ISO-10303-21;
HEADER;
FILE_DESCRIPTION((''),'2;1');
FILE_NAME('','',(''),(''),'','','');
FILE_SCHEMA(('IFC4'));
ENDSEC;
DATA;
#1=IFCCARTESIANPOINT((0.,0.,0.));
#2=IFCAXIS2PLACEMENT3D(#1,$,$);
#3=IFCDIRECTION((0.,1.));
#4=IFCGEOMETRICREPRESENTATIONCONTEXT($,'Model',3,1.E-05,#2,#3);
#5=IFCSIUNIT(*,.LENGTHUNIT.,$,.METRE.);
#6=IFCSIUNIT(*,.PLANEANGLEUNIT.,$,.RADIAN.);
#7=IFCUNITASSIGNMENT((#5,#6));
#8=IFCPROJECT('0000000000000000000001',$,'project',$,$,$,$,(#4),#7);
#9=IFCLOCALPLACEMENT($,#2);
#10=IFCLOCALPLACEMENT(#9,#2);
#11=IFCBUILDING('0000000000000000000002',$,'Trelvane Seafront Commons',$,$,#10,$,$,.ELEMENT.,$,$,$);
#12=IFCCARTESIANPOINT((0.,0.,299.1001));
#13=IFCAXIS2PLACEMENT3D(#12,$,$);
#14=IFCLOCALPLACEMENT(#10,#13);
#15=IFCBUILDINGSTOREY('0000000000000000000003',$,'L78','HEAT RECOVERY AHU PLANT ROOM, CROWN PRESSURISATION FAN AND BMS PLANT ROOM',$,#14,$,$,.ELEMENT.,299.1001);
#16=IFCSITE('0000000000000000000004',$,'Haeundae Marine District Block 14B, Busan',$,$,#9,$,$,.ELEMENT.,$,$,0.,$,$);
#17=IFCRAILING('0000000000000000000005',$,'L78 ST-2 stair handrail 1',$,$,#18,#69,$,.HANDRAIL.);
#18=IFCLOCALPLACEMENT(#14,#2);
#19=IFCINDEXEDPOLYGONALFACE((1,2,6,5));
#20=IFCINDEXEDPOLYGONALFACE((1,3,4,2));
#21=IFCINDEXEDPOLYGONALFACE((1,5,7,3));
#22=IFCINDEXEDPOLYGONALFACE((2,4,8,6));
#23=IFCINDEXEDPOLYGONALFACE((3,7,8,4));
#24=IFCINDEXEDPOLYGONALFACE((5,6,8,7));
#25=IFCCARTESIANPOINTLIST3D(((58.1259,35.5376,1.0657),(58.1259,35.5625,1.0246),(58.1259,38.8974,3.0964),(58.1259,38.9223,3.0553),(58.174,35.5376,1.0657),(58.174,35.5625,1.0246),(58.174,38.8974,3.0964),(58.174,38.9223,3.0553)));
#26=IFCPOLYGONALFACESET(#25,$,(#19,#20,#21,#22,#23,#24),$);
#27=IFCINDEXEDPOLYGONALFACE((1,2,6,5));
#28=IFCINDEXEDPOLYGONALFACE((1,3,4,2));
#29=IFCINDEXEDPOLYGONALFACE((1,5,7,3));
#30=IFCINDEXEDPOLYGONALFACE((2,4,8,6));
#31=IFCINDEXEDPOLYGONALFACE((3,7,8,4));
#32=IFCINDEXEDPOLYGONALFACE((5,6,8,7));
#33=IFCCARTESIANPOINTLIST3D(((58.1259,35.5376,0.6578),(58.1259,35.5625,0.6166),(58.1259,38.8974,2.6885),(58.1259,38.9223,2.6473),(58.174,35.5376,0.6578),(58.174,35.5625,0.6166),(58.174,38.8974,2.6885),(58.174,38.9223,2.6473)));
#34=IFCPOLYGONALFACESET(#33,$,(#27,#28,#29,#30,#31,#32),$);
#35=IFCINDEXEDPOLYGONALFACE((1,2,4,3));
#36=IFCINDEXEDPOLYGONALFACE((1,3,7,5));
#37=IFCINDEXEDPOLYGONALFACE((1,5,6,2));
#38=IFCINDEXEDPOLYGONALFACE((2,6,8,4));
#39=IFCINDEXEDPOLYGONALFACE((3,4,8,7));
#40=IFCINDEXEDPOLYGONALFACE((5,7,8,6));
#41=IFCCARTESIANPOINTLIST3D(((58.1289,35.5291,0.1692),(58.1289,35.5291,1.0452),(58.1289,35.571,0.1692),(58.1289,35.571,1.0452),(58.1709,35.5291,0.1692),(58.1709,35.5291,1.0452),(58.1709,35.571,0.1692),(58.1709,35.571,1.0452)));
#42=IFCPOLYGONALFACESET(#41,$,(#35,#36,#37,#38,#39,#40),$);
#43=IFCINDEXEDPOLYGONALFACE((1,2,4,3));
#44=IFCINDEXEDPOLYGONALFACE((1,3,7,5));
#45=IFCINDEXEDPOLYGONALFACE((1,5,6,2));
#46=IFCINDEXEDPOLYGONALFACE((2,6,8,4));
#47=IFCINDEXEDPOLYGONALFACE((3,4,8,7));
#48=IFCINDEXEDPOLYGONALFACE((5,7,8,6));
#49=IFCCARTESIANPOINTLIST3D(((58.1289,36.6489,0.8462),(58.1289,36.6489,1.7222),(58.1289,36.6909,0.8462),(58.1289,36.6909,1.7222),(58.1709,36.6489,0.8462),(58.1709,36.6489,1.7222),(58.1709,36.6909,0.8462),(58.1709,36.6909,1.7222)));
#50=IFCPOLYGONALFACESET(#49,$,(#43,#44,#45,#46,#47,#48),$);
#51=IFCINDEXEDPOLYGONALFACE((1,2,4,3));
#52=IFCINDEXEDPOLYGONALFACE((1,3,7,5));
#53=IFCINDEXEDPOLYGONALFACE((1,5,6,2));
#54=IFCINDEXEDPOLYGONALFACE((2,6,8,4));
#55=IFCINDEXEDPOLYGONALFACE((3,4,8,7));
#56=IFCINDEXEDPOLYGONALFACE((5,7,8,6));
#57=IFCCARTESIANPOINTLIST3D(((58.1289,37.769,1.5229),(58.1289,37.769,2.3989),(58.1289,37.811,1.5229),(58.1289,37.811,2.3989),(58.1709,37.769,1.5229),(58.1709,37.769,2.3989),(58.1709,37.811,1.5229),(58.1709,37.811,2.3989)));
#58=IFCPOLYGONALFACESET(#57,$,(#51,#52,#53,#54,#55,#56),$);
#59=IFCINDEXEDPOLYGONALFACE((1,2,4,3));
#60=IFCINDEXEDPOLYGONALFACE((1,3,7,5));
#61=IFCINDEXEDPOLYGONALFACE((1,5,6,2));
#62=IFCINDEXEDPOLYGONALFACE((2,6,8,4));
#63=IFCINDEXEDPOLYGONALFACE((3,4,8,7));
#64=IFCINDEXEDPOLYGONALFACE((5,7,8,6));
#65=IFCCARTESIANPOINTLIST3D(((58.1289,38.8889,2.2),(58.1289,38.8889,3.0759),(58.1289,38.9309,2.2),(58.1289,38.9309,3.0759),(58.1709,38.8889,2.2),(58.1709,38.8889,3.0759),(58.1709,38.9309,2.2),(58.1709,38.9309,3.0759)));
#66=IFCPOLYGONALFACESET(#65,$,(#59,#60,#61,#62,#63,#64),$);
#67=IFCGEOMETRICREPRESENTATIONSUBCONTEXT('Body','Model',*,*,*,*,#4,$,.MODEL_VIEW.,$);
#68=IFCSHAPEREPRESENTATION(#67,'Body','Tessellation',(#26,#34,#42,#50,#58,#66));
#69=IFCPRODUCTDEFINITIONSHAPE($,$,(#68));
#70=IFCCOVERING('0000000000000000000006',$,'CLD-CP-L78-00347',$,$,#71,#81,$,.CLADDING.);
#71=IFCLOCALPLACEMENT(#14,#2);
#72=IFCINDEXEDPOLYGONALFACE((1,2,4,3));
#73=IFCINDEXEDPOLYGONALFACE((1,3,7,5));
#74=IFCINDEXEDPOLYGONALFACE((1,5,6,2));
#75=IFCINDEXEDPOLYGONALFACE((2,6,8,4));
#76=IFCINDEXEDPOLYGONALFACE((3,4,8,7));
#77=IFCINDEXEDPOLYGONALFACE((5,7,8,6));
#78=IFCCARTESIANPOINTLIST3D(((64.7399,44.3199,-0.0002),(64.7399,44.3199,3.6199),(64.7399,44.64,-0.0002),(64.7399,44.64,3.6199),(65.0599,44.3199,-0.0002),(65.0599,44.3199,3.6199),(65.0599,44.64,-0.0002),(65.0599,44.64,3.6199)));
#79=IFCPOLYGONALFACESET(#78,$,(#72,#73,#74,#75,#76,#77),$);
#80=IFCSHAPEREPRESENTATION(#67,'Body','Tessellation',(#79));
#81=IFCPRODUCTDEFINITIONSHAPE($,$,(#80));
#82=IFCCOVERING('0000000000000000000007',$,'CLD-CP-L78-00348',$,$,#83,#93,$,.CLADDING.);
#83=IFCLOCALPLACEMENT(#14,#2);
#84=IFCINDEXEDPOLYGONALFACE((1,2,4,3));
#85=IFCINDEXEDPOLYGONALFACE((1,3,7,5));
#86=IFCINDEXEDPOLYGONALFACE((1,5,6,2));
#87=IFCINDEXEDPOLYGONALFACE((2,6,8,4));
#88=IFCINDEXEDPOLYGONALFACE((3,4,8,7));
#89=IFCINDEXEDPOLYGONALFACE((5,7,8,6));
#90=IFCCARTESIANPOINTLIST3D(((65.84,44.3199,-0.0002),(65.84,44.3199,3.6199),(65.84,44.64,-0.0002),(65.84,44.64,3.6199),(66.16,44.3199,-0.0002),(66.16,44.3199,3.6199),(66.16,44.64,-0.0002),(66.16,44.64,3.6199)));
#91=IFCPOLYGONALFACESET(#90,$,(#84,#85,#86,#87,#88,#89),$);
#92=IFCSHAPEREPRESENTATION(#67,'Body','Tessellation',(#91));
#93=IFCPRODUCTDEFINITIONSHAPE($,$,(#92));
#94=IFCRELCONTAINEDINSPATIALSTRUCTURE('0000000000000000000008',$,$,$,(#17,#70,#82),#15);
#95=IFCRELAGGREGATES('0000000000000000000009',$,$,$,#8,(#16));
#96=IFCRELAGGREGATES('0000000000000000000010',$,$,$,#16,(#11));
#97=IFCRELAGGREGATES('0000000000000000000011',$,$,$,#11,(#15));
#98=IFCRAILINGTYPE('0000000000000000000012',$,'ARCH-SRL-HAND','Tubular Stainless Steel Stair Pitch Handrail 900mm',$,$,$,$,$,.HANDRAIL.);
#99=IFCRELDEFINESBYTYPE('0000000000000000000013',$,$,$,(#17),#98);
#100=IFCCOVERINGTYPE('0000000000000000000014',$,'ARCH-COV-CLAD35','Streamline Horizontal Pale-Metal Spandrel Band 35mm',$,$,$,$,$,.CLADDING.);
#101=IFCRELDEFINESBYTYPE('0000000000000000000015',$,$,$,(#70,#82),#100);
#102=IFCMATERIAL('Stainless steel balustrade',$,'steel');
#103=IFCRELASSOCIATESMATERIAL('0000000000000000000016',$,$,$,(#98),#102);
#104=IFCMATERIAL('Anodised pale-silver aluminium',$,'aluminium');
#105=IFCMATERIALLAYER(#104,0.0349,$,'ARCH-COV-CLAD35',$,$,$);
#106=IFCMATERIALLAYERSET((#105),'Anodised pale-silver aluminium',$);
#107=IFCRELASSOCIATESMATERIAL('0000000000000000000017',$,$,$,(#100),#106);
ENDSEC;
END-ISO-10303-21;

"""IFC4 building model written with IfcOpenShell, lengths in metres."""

from ifc_helpers import new_model, si_unit, direction, frame, origin, origin_2d, place, context, subcontext, project, spatial, rectangle, extrude, source, transform, mapped, material, layer, layer_set, type_object, element, save


model = new_model("IFC4")

# Units and contexts
model_context = context("Model", 3, precision=1e-05, world=origin(), true_north=direction((0.0, 1.0)))
body_context = subcontext(model_context, "Body", "Model", "MODEL_VIEW")
ifc_project = project(units=[si_unit("LENGTHUNIT", "METRE"), si_unit("PLANEANGLEUNIT", "RADIAN")], contexts=[model_context])

# Site, building, storey
site_placement = place(None, origin())
site = spatial("IfcSite", under=ifc_project, at=site_placement, Name="Haeundae Marine District Block 14B, Busan", CompositionType="ELEMENT", RefElevation=0.0)
building_placement = place(site_placement, origin())
building = spatial("IfcBuilding", under=site, at=building_placement, Name="Trelvane Seafront Commons", CompositionType="ELEMENT")
storey_placement = place(building_placement, frame((0.0, 0.0, 299.1001)))
storey = spatial("IfcBuildingStorey", under=building, at=storey_placement, Name="L78", Description="HEAT RECOVERY AHU PLANT ROOM, CROWN PRESSURISATION FAN AND BMS PLANT ROOM", CompositionType="ELEMENT", Elevation=299.1001)

# Shared definitions
ifc_material_1 = material(Name="Anodised pale-silver aluminium", Category="aluminium")

# Railing
ifc_material_2 = material(Name="Stainless steel balustrade", Category="steel")
railing_type = type_object("IfcRailingType", Name="ARCH-SRL-HAND", Description="Tubular Stainless Steel Stair Pitch Handrail 900mm", PredefinedType="HANDRAIL", material=ifc_material_2)
railing_placement = place(storey_placement, frame((58.1499, 35.55, 0.1692)))
element("IfcRailing", 1, at=railing_placement, inside=storey, type_object=railing_type, Name="L78 ST-2 stair handrail 1", PredefinedType="HANDRAIL", context=body_context, shape_type="SweptSolid", body=[
    extrude(rectangle(XDim=0.0481, YDim=0.0481, at=origin_2d()), frame((0.0, 0.0, 0.876), z_axis=(0.0, 0.85582, 0.517273), x_axis=(-1.0, 0.0, 0.0)), (0.0, 0.0, 1.0), 3.9258),
    extrude(rectangle(XDim=0.0481, YDim=0.0481, at=origin_2d()), frame((0.0, 0.0, 0.468), z_axis=(0.0, 0.85582, 0.517273), x_axis=(-1.0, 0.0, 0.0)), (0.0, 0.0, 1.0), 3.9258),
    extrude(rectangle(XDim=0.042, YDim=0.042, at=origin_2d()), origin(), (0.0, 0.0, 1.0), 0.876),
    extrude(rectangle(XDim=0.042, YDim=0.042, at=origin_2d()), frame((0.0, 1.1199, 0.677)), (0.0, 0.0, 1.0), 0.876),
    extrude(rectangle(XDim=0.042, YDim=0.042, at=origin_2d()), frame((0.0, 2.24, 1.3538)), (0.0, 0.0, 1.0), 0.876),
    extrude(rectangle(XDim=0.042, YDim=0.042, at=origin_2d()), frame((0.0, 3.3599, 2.0308)), (0.0, 0.0, 1.0), 0.876),
])

# Coverings
ifc_layer_1 = layer(ifc_material_1, 0.0349, Name="ARCH-COV-CLAD35")
ifc_layer_set_1 = layer_set([ifc_layer_1], Name="Anodised pale-silver aluminium")
covering_type = type_object("IfcCoveringType", Name="ARCH-COV-CLAD35", Description="Streamline Horizontal Pale-Metal Spandrel Band 35mm", PredefinedType="CLADDING", material=ifc_layer_set_1)
shared_shape_1 = source(origin(), body_context, "Body", "SweptSolid", [
    extrude(rectangle(XDim=0.3201, YDim=0.3201, at=origin_2d()), origin(), (0.0, 0.0, 1.0), 3.6201),
])
for number, where, z_axis, x_axis, name in (
    (2, (64.8999, 44.48, -0.0002), (0.0, 0.0, 1.0), (1.0, 0.0, 0.0), "CLD-CP-L78-00347"),
    (3, (66.0, 44.48, -0.0002), (0.0, 0.0, 1.0), (1.0, 0.0, 0.0), "CLD-CP-L78-00348"),
):
    element("IfcCovering", number, at=place(storey_placement, frame(where, z_axis=z_axis, x_axis=x_axis)), inside=storey, type_object=covering_type, Name=name, PredefinedType="CLADDING", context=body_context, shape_type="MappedRepresentation", body=[
        mapped(shared_shape_1, transform((0.0, 0.0, 0.0), x_axis=(1.0, 0.0, 0.0), y_axis=(0.0, 1.0, 0.0), z_axis=(0.0, 0.0, 1.0), scale=1.0)),
    ])

save(model, "model.ifc")
